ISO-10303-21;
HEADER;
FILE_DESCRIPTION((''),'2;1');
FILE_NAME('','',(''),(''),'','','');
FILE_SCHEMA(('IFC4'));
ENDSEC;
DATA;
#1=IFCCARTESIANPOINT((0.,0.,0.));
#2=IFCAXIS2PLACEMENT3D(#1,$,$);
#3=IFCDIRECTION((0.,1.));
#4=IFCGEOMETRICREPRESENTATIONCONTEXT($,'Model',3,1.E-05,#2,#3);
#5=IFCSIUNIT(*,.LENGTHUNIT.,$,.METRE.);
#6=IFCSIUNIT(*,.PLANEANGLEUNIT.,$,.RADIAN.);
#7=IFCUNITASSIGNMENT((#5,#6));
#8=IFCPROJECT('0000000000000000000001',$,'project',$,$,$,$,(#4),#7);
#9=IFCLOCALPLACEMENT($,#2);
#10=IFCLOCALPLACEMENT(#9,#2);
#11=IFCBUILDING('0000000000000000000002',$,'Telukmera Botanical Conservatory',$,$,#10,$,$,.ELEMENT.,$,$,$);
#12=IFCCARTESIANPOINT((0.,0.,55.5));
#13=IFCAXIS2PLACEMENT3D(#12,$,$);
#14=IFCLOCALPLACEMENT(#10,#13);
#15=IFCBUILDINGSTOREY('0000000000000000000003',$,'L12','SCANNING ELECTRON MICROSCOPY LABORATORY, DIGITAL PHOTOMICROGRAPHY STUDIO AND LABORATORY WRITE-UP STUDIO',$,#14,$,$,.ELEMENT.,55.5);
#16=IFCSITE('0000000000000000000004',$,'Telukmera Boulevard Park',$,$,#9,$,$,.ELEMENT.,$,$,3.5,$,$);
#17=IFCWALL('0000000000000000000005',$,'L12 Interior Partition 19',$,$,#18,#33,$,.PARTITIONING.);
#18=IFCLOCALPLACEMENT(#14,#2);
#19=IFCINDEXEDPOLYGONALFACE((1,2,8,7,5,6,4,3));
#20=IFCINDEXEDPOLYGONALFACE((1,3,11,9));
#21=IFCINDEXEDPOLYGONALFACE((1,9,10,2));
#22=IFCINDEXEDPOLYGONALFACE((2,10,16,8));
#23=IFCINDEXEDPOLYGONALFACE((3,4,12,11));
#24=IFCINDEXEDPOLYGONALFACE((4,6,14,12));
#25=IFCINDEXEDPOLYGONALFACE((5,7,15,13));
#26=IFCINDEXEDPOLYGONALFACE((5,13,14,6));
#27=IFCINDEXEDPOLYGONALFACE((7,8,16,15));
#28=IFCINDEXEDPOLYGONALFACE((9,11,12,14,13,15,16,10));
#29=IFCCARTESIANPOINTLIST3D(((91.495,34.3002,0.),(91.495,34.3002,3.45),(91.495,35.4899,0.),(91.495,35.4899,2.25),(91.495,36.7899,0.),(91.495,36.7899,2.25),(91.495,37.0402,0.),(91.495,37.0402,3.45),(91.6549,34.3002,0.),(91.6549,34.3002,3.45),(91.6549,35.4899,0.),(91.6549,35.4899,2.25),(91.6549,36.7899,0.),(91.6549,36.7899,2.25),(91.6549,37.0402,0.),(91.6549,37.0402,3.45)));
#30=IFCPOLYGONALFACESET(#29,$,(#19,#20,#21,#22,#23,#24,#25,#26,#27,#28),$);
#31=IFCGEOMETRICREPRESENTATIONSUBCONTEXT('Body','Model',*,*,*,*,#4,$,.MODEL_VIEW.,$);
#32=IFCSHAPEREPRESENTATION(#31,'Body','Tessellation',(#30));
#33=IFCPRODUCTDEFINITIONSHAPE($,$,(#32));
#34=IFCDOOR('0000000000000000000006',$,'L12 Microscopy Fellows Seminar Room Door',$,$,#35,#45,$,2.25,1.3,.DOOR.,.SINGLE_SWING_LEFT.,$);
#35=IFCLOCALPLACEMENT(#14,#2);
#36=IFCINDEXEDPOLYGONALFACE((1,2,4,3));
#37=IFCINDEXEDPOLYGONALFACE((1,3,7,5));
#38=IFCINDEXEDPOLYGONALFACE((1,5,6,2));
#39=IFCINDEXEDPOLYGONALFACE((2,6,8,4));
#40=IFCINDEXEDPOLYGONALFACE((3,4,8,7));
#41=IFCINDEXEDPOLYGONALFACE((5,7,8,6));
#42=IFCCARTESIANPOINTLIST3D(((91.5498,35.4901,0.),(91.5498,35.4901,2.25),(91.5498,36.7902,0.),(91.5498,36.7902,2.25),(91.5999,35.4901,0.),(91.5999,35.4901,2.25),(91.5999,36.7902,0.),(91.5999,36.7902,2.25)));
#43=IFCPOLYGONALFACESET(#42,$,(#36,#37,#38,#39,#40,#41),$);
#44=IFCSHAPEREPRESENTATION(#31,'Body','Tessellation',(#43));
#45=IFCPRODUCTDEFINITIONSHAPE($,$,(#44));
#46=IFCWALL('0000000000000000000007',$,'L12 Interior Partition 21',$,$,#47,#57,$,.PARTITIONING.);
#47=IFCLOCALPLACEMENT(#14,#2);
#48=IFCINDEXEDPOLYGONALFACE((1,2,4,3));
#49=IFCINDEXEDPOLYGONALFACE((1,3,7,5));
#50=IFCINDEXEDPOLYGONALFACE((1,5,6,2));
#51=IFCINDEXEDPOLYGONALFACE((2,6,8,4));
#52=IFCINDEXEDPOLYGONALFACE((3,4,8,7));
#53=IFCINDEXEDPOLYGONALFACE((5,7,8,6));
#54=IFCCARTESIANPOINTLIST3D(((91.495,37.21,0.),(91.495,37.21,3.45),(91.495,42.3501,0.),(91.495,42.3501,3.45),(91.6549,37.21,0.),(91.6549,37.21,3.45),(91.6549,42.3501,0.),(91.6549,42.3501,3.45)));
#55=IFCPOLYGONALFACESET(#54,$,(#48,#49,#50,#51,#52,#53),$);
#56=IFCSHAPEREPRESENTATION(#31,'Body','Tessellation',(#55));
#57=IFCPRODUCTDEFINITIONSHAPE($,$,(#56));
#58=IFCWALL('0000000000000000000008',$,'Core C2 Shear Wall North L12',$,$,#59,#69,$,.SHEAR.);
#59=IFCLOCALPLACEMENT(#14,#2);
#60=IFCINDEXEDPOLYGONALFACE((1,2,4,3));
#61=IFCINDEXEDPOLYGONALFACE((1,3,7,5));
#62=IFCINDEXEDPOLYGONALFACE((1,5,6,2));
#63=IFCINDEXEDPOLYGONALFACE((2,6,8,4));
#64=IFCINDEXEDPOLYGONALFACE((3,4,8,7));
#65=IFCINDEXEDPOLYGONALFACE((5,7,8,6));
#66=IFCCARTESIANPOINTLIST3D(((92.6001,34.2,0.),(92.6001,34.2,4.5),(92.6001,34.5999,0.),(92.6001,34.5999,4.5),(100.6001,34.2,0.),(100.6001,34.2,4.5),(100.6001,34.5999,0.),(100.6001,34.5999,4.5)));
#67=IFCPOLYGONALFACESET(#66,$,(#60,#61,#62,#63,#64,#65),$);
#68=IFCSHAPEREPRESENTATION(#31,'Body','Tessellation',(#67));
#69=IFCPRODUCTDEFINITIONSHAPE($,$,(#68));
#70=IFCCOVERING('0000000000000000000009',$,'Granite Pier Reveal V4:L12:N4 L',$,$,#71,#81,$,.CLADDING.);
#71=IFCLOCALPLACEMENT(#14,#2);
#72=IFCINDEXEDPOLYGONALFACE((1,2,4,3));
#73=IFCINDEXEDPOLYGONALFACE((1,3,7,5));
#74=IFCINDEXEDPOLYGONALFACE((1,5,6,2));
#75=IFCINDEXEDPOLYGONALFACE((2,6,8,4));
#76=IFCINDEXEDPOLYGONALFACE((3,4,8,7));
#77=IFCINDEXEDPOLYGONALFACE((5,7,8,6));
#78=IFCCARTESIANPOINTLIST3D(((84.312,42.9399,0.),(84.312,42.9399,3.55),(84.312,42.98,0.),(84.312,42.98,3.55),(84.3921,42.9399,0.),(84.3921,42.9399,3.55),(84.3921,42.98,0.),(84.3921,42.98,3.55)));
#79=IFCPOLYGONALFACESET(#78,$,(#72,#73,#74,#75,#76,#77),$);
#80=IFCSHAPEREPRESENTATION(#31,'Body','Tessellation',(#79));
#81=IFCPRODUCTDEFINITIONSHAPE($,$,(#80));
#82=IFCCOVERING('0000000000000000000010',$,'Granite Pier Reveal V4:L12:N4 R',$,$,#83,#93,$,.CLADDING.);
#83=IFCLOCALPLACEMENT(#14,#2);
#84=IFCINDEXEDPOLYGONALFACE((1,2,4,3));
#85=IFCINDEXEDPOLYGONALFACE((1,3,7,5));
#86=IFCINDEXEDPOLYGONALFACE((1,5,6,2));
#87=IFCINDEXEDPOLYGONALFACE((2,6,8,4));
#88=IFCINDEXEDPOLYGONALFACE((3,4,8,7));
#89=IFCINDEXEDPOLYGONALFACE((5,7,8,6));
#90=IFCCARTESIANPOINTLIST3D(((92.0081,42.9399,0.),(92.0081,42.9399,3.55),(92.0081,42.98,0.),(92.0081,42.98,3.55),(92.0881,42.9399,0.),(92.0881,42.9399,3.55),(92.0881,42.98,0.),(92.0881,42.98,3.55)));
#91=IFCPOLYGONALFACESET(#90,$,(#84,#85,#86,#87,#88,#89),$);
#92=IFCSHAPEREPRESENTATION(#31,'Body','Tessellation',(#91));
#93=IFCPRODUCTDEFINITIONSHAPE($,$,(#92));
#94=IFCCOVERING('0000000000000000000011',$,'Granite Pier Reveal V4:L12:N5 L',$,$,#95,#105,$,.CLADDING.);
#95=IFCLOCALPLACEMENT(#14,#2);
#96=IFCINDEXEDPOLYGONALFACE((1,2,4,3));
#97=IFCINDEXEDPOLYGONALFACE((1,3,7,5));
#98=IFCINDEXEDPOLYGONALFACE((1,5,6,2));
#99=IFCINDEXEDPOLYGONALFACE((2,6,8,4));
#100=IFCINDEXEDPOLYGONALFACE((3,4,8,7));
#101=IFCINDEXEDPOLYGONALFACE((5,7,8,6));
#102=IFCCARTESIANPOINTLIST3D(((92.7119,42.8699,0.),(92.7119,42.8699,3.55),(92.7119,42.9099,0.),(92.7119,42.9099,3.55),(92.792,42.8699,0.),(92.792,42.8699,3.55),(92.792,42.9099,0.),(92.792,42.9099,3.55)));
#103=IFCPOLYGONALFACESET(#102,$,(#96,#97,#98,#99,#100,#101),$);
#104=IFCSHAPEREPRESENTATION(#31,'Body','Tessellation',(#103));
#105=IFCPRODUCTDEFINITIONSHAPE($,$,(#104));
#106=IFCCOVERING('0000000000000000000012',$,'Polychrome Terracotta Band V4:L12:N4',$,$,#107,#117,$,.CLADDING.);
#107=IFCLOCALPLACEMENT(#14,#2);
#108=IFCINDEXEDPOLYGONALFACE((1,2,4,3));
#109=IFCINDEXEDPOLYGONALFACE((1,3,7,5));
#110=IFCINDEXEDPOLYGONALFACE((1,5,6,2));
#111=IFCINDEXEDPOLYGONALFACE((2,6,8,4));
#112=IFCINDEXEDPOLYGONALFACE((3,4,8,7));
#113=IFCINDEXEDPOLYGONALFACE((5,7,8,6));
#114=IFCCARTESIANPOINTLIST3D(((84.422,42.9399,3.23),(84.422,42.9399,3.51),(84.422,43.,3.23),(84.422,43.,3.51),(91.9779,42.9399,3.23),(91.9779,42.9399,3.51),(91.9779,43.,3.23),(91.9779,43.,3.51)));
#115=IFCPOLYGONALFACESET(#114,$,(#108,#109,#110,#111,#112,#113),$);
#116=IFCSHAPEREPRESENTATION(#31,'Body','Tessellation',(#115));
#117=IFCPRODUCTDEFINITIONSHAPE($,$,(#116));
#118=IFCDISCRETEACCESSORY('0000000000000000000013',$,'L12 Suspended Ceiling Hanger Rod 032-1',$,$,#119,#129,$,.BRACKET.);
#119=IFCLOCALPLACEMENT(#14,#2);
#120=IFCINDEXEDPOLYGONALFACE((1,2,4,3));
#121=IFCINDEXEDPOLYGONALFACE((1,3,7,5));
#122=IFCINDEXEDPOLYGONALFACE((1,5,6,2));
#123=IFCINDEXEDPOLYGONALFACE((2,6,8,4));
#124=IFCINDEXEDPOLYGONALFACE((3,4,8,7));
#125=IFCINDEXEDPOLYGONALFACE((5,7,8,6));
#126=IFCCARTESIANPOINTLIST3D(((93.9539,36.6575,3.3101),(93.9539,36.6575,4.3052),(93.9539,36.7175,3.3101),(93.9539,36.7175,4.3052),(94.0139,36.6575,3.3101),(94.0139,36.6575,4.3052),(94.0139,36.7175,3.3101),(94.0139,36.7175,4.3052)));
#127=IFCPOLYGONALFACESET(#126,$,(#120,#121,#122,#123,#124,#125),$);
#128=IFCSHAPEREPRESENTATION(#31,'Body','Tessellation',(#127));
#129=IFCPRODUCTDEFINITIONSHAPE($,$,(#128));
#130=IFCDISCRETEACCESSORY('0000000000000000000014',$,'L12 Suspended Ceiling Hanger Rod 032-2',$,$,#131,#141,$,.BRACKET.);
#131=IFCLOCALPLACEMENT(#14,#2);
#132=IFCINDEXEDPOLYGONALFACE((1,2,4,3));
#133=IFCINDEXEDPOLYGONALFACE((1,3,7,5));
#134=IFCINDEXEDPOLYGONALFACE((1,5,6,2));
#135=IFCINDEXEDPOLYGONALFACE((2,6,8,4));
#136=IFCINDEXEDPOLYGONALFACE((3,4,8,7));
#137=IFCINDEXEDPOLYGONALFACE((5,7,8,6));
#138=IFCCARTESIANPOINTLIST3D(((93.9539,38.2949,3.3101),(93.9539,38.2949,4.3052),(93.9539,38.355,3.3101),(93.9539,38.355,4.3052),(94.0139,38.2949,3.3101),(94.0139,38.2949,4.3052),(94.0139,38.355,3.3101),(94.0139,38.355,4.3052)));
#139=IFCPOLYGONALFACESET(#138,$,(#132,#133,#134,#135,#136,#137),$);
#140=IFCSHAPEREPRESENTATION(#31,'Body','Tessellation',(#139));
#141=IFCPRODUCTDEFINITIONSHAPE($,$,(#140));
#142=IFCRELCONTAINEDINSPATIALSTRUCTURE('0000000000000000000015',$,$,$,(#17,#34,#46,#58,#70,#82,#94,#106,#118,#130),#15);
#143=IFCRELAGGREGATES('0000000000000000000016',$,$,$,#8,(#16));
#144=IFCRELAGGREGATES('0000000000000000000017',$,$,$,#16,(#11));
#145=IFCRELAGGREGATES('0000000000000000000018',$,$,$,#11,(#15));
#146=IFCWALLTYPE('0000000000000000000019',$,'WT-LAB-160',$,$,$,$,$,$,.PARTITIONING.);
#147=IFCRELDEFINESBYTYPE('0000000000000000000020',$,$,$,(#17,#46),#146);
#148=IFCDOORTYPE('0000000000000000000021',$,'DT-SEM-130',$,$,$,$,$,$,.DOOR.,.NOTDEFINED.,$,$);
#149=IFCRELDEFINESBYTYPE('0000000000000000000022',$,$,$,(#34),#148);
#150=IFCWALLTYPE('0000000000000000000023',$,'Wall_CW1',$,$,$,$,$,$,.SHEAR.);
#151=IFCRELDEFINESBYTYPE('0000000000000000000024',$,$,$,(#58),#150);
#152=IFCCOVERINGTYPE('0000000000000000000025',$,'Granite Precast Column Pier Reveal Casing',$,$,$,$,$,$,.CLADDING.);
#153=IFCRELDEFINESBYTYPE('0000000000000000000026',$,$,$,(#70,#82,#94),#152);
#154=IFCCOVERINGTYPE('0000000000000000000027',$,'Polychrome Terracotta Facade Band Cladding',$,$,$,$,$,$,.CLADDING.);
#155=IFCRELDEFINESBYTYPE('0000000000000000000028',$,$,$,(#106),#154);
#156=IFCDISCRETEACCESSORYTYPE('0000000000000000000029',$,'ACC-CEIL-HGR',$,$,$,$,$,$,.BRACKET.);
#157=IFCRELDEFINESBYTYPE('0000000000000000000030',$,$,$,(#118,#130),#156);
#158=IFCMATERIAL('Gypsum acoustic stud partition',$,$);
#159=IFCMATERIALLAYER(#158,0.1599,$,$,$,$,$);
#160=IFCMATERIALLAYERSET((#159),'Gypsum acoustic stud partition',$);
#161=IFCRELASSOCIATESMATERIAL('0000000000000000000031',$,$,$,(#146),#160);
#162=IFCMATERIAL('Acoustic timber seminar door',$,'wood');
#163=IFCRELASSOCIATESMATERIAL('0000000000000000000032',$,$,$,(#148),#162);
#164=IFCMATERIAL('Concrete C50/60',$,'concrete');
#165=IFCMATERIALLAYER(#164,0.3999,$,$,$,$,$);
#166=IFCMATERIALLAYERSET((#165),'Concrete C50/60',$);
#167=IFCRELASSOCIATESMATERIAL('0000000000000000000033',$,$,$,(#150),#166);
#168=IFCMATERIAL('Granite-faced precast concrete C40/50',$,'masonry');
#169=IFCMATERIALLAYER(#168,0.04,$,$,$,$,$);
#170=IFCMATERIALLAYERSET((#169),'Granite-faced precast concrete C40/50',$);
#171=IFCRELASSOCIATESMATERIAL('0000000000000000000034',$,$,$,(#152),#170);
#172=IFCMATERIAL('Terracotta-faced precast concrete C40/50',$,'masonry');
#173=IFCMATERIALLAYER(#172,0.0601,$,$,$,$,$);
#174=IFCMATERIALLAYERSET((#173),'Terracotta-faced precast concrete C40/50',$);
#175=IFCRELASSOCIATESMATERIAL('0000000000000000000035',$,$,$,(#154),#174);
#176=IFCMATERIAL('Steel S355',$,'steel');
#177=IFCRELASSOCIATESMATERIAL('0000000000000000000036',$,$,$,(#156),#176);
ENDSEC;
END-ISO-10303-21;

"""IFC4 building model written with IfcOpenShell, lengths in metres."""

from ifc_helpers import new_model, si_unit, direction, frame, frame_2d, origin, origin_2d, place, context, subcontext, project, spatial, rectangle, extrude, material, layer, layer_set, type_object, element, fill, save


model = new_model("IFC4")

# Units and contexts
model_context = context("Model", 3, precision=1e-05, world=origin(), true_north=direction((0.0, 1.0)))
body_context = subcontext(model_context, "Body", "Model", "MODEL_VIEW")
ifc_project = project(units=[si_unit("LENGTHUNIT", "METRE"), si_unit("PLANEANGLEUNIT", "RADIAN")], contexts=[model_context])

# Site, building, storey
site_placement = place(None, origin())
site = spatial("IfcSite", under=ifc_project, at=site_placement, Name="Telukmera Boulevard Park", CompositionType="ELEMENT", RefElevation=3.5)
building_placement = place(site_placement, origin())
building = spatial("IfcBuilding", under=site, at=building_placement, Name="Telukmera Botanical Conservatory", CompositionType="ELEMENT")
storey_placement = place(building_placement, frame((0.0, 0.0, 55.5)))
storey = spatial("IfcBuildingStorey", under=building, at=storey_placement, Name="L12", Description="SCANNING ELECTRON MICROSCOPY LABORATORY, DIGITAL PHOTOMICROGRAPHY STUDIO AND LABORATORY WRITE-UP STUDIO", CompositionType="ELEMENT", Elevation=55.5)

# Shared definitions
ifc_material_1 = material(Name="Concrete C50/60", Category="concrete")

# Shared definitions
ifc_material_2 = material(Name="Gypsum acoustic stud partition")
ifc_layer_1 = layer(ifc_material_2, 0.1599)
ifc_layer_set_1 = layer_set([ifc_layer_1], Name="Gypsum acoustic stud partition")
wall_type_1 = type_object("IfcWallType", Name="WT-LAB-160", PredefinedType="PARTITIONING", material=ifc_layer_set_1)

# Wall, opening, door
wall_1_placement = place(storey_placement, frame((91.575, 34.3, 0.0), z_axis=(0.0, 0.0, 1.0), x_axis=(0.0, 1.0, 0.0)))
wall_1 = element("IfcWall", 1, at=wall_1_placement, inside=storey, type_object=wall_type_1, Name="L12 Interior Partition 19", PredefinedType="PARTITIONING", context=body_context, shape_type="SweptSolid", body=[
    extrude(rectangle(XDim=2.74, YDim=0.1599, at=frame_2d((1.3701, 0.0))), origin(), (0.0, 0.0, 1.0), 3.45),
])
opening_1_placement = place(wall_1_placement, frame((1.1899, 0.0, 0.0)))
opening_1 = element("IfcOpeningElement", 2, at=opening_1_placement, cuts=wall_1, PredefinedType="OPENING", context=body_context, shape_type="SweptSolid", body=[
    extrude(rectangle(XDim=1.3, YDim=2.25, at=frame_2d((0.6499, 1.125))), frame((0.0, 0.0898, 0.0), z_axis=(0.0, -1.0, 0.0), x_axis=(1.0, 0.0, 0.0)), (0.0, 0.0, 1.0), 0.1799),
])
ifc_material_3 = material(Name="Acoustic timber seminar door", Category="wood")
door_type_1 = type_object("IfcDoorType", Name="DT-SEM-130", OperationType="NOTDEFINED", PredefinedType="DOOR", material=ifc_material_3)
door_1_placement = place(opening_1_placement, frame((1.3, 0.0, 0.0), z_axis=(0.0, 0.0, 1.0), x_axis=(-1.0, 0.0, 0.0)))
door_1 = element("IfcDoor", 3, at=door_1_placement, inside=storey, type_object=door_type_1, Name="L12 Microscopy Fellows Seminar Room Door", OperationType="SINGLE_SWING_LEFT", OverallHeight=2.25, OverallWidth=1.3, PredefinedType="DOOR", context=body_context, shape_type="SweptSolid", body=[
    extrude(rectangle(XDim=1.3, YDim=2.25, at=frame_2d((0.6499, 1.125))), frame((0.0, 0.0249, 0.0), z_axis=(0.0, -1.0, 0.0), x_axis=(1.0, 0.0, 0.0)), (0.0, 0.0, 1.0), 0.05),
])
fill(opening_1, door_1)

# Walls
wall_2_placement = place(storey_placement, frame((91.575, 37.21, 0.0), z_axis=(0.0, 0.0, 1.0), x_axis=(0.0, 1.0, 0.0)))
element("IfcWall", 4, at=wall_2_placement, inside=storey, type_object=wall_type_1, Name="L12 Interior Partition 21", PredefinedType="PARTITIONING", context=body_context, shape_type="SweptSolid", body=[
    extrude(rectangle(XDim=5.1401, YDim=0.1599, at=frame_2d((2.5701, 0.0))), origin(), (0.0, 0.0, 1.0), 3.45),
])
ifc_layer_2 = layer(ifc_material_1, 0.3999)
ifc_layer_set_2 = layer_set([ifc_layer_2], Name="Concrete C50/60")
wall_type_2 = type_object("IfcWallType", Name="Wall_CW1", PredefinedType="SHEAR", material=ifc_layer_set_2)
wall_3_placement = place(storey_placement, frame((92.6001, 34.3999, 0.0), z_axis=(0.0, 0.0, 1.0), x_axis=(1.0, 0.0, 0.0)))
element("IfcWall", 5, at=wall_3_placement, inside=storey, type_object=wall_type_2, Name="Core C2 Shear Wall North L12", PredefinedType="SHEAR", context=body_context, shape_type="SweptSolid", body=[
    extrude(rectangle(XDim=8.0, YDim=0.3999, at=frame_2d((4.0, 0.0))), origin(), (0.0, 0.0, 1.0), 4.5),
])

# Coverings
ifc_material_4 = material(Name="Granite-faced precast concrete C40/50", Category="masonry")
ifc_layer_3 = layer(ifc_material_4, 0.04)
ifc_layer_set_3 = layer_set([ifc_layer_3], Name="Granite-faced precast concrete C40/50")
covering_type_1 = type_object("IfcCoveringType", Name="Granite Precast Column Pier Reveal Casing", PredefinedType="CLADDING", material=ifc_layer_set_3)
for number, where, z_axis, x_axis, name in (
    (6, (84.3521, 42.96, 0.0), (0.0, 0.0, 1.0), (1.0, 0.0, 0.0), "Granite Pier Reveal V4:L12:N4 L"),
    (7, (92.0481, 42.96, 0.0), (0.0, 0.0, 1.0), (1.0, 0.0, 0.0), "Granite Pier Reveal V4:L12:N4 R"),
    (8, (92.752, 42.8899, 0.0), (0.0, 0.0, 1.0), (1.0, 0.0, 0.0), "Granite Pier Reveal V4:L12:N5 L"),
):
    element("IfcCovering", number, at=place(storey_placement, frame(where, z_axis=z_axis, x_axis=x_axis)), inside=storey, type_object=covering_type_1, Name=name, PredefinedType="CLADDING", context=body_context, shape_type="SweptSolid", body=[
        extrude(rectangle(XDim=0.0801, YDim=0.04, at=origin_2d()), origin(), (0.0, 0.0, 1.0), 3.55),
    ])
ifc_material_5 = material(Name="Terracotta-faced precast concrete C40/50", Category="masonry")
ifc_layer_4 = layer(ifc_material_5, 0.0601)
ifc_layer_set_4 = layer_set([ifc_layer_4], Name="Terracotta-faced precast concrete C40/50")
covering_type_2 = type_object("IfcCoveringType", Name="Polychrome Terracotta Facade Band Cladding", PredefinedType="CLADDING", material=ifc_layer_set_4)
covering_placement = place(storey_placement, frame((88.2, 42.97, 3.23), z_axis=(0.0, 0.0, 1.0), x_axis=(1.0, 0.0, 0.0)))
element("IfcCovering", 9, at=covering_placement, inside=storey, type_object=covering_type_2, Name="Polychrome Terracotta Band V4:L12:N4", PredefinedType="CLADDING", context=body_context, shape_type="SweptSolid", body=[
    extrude(rectangle(XDim=7.5559, YDim=0.0601, at=origin_2d()), origin(), (0.0, 0.0, 1.0), 0.28),
])

# Discrete accessories
ifc_material_6 = material(Name="Steel S355", Category="steel")
discrete_accessory_type = type_object("IfcDiscreteAccessoryType", Name="ACC-CEIL-HGR", PredefinedType="BRACKET", material=ifc_material_6)
for number, where, z_axis, x_axis, name in (
    (10, (93.9839, 36.6875, 3.3101), (0.0, 0.0, 1.0), (1.0, 0.0, 0.0), "L12 Suspended Ceiling Hanger Rod 032-1"),
    (11, (93.9839, 38.325, 3.3101), (0.0, 0.0, 1.0), (1.0, 0.0, 0.0), "L12 Suspended Ceiling Hanger Rod 032-2"),
):
    element("IfcDiscreteAccessory", number, at=place(storey_placement, frame(where, z_axis=z_axis, x_axis=x_axis)), inside=storey, type_object=discrete_accessory_type, Name=name, PredefinedType="BRACKET", context=body_context, shape_type="SweptSolid", body=[
        extrude(rectangle(XDim=0.0601, YDim=0.0601, at=origin_2d()), origin(), (0.0, 0.0, 1.0), 0.9951),
    ])

save(model, "model.ifc")
